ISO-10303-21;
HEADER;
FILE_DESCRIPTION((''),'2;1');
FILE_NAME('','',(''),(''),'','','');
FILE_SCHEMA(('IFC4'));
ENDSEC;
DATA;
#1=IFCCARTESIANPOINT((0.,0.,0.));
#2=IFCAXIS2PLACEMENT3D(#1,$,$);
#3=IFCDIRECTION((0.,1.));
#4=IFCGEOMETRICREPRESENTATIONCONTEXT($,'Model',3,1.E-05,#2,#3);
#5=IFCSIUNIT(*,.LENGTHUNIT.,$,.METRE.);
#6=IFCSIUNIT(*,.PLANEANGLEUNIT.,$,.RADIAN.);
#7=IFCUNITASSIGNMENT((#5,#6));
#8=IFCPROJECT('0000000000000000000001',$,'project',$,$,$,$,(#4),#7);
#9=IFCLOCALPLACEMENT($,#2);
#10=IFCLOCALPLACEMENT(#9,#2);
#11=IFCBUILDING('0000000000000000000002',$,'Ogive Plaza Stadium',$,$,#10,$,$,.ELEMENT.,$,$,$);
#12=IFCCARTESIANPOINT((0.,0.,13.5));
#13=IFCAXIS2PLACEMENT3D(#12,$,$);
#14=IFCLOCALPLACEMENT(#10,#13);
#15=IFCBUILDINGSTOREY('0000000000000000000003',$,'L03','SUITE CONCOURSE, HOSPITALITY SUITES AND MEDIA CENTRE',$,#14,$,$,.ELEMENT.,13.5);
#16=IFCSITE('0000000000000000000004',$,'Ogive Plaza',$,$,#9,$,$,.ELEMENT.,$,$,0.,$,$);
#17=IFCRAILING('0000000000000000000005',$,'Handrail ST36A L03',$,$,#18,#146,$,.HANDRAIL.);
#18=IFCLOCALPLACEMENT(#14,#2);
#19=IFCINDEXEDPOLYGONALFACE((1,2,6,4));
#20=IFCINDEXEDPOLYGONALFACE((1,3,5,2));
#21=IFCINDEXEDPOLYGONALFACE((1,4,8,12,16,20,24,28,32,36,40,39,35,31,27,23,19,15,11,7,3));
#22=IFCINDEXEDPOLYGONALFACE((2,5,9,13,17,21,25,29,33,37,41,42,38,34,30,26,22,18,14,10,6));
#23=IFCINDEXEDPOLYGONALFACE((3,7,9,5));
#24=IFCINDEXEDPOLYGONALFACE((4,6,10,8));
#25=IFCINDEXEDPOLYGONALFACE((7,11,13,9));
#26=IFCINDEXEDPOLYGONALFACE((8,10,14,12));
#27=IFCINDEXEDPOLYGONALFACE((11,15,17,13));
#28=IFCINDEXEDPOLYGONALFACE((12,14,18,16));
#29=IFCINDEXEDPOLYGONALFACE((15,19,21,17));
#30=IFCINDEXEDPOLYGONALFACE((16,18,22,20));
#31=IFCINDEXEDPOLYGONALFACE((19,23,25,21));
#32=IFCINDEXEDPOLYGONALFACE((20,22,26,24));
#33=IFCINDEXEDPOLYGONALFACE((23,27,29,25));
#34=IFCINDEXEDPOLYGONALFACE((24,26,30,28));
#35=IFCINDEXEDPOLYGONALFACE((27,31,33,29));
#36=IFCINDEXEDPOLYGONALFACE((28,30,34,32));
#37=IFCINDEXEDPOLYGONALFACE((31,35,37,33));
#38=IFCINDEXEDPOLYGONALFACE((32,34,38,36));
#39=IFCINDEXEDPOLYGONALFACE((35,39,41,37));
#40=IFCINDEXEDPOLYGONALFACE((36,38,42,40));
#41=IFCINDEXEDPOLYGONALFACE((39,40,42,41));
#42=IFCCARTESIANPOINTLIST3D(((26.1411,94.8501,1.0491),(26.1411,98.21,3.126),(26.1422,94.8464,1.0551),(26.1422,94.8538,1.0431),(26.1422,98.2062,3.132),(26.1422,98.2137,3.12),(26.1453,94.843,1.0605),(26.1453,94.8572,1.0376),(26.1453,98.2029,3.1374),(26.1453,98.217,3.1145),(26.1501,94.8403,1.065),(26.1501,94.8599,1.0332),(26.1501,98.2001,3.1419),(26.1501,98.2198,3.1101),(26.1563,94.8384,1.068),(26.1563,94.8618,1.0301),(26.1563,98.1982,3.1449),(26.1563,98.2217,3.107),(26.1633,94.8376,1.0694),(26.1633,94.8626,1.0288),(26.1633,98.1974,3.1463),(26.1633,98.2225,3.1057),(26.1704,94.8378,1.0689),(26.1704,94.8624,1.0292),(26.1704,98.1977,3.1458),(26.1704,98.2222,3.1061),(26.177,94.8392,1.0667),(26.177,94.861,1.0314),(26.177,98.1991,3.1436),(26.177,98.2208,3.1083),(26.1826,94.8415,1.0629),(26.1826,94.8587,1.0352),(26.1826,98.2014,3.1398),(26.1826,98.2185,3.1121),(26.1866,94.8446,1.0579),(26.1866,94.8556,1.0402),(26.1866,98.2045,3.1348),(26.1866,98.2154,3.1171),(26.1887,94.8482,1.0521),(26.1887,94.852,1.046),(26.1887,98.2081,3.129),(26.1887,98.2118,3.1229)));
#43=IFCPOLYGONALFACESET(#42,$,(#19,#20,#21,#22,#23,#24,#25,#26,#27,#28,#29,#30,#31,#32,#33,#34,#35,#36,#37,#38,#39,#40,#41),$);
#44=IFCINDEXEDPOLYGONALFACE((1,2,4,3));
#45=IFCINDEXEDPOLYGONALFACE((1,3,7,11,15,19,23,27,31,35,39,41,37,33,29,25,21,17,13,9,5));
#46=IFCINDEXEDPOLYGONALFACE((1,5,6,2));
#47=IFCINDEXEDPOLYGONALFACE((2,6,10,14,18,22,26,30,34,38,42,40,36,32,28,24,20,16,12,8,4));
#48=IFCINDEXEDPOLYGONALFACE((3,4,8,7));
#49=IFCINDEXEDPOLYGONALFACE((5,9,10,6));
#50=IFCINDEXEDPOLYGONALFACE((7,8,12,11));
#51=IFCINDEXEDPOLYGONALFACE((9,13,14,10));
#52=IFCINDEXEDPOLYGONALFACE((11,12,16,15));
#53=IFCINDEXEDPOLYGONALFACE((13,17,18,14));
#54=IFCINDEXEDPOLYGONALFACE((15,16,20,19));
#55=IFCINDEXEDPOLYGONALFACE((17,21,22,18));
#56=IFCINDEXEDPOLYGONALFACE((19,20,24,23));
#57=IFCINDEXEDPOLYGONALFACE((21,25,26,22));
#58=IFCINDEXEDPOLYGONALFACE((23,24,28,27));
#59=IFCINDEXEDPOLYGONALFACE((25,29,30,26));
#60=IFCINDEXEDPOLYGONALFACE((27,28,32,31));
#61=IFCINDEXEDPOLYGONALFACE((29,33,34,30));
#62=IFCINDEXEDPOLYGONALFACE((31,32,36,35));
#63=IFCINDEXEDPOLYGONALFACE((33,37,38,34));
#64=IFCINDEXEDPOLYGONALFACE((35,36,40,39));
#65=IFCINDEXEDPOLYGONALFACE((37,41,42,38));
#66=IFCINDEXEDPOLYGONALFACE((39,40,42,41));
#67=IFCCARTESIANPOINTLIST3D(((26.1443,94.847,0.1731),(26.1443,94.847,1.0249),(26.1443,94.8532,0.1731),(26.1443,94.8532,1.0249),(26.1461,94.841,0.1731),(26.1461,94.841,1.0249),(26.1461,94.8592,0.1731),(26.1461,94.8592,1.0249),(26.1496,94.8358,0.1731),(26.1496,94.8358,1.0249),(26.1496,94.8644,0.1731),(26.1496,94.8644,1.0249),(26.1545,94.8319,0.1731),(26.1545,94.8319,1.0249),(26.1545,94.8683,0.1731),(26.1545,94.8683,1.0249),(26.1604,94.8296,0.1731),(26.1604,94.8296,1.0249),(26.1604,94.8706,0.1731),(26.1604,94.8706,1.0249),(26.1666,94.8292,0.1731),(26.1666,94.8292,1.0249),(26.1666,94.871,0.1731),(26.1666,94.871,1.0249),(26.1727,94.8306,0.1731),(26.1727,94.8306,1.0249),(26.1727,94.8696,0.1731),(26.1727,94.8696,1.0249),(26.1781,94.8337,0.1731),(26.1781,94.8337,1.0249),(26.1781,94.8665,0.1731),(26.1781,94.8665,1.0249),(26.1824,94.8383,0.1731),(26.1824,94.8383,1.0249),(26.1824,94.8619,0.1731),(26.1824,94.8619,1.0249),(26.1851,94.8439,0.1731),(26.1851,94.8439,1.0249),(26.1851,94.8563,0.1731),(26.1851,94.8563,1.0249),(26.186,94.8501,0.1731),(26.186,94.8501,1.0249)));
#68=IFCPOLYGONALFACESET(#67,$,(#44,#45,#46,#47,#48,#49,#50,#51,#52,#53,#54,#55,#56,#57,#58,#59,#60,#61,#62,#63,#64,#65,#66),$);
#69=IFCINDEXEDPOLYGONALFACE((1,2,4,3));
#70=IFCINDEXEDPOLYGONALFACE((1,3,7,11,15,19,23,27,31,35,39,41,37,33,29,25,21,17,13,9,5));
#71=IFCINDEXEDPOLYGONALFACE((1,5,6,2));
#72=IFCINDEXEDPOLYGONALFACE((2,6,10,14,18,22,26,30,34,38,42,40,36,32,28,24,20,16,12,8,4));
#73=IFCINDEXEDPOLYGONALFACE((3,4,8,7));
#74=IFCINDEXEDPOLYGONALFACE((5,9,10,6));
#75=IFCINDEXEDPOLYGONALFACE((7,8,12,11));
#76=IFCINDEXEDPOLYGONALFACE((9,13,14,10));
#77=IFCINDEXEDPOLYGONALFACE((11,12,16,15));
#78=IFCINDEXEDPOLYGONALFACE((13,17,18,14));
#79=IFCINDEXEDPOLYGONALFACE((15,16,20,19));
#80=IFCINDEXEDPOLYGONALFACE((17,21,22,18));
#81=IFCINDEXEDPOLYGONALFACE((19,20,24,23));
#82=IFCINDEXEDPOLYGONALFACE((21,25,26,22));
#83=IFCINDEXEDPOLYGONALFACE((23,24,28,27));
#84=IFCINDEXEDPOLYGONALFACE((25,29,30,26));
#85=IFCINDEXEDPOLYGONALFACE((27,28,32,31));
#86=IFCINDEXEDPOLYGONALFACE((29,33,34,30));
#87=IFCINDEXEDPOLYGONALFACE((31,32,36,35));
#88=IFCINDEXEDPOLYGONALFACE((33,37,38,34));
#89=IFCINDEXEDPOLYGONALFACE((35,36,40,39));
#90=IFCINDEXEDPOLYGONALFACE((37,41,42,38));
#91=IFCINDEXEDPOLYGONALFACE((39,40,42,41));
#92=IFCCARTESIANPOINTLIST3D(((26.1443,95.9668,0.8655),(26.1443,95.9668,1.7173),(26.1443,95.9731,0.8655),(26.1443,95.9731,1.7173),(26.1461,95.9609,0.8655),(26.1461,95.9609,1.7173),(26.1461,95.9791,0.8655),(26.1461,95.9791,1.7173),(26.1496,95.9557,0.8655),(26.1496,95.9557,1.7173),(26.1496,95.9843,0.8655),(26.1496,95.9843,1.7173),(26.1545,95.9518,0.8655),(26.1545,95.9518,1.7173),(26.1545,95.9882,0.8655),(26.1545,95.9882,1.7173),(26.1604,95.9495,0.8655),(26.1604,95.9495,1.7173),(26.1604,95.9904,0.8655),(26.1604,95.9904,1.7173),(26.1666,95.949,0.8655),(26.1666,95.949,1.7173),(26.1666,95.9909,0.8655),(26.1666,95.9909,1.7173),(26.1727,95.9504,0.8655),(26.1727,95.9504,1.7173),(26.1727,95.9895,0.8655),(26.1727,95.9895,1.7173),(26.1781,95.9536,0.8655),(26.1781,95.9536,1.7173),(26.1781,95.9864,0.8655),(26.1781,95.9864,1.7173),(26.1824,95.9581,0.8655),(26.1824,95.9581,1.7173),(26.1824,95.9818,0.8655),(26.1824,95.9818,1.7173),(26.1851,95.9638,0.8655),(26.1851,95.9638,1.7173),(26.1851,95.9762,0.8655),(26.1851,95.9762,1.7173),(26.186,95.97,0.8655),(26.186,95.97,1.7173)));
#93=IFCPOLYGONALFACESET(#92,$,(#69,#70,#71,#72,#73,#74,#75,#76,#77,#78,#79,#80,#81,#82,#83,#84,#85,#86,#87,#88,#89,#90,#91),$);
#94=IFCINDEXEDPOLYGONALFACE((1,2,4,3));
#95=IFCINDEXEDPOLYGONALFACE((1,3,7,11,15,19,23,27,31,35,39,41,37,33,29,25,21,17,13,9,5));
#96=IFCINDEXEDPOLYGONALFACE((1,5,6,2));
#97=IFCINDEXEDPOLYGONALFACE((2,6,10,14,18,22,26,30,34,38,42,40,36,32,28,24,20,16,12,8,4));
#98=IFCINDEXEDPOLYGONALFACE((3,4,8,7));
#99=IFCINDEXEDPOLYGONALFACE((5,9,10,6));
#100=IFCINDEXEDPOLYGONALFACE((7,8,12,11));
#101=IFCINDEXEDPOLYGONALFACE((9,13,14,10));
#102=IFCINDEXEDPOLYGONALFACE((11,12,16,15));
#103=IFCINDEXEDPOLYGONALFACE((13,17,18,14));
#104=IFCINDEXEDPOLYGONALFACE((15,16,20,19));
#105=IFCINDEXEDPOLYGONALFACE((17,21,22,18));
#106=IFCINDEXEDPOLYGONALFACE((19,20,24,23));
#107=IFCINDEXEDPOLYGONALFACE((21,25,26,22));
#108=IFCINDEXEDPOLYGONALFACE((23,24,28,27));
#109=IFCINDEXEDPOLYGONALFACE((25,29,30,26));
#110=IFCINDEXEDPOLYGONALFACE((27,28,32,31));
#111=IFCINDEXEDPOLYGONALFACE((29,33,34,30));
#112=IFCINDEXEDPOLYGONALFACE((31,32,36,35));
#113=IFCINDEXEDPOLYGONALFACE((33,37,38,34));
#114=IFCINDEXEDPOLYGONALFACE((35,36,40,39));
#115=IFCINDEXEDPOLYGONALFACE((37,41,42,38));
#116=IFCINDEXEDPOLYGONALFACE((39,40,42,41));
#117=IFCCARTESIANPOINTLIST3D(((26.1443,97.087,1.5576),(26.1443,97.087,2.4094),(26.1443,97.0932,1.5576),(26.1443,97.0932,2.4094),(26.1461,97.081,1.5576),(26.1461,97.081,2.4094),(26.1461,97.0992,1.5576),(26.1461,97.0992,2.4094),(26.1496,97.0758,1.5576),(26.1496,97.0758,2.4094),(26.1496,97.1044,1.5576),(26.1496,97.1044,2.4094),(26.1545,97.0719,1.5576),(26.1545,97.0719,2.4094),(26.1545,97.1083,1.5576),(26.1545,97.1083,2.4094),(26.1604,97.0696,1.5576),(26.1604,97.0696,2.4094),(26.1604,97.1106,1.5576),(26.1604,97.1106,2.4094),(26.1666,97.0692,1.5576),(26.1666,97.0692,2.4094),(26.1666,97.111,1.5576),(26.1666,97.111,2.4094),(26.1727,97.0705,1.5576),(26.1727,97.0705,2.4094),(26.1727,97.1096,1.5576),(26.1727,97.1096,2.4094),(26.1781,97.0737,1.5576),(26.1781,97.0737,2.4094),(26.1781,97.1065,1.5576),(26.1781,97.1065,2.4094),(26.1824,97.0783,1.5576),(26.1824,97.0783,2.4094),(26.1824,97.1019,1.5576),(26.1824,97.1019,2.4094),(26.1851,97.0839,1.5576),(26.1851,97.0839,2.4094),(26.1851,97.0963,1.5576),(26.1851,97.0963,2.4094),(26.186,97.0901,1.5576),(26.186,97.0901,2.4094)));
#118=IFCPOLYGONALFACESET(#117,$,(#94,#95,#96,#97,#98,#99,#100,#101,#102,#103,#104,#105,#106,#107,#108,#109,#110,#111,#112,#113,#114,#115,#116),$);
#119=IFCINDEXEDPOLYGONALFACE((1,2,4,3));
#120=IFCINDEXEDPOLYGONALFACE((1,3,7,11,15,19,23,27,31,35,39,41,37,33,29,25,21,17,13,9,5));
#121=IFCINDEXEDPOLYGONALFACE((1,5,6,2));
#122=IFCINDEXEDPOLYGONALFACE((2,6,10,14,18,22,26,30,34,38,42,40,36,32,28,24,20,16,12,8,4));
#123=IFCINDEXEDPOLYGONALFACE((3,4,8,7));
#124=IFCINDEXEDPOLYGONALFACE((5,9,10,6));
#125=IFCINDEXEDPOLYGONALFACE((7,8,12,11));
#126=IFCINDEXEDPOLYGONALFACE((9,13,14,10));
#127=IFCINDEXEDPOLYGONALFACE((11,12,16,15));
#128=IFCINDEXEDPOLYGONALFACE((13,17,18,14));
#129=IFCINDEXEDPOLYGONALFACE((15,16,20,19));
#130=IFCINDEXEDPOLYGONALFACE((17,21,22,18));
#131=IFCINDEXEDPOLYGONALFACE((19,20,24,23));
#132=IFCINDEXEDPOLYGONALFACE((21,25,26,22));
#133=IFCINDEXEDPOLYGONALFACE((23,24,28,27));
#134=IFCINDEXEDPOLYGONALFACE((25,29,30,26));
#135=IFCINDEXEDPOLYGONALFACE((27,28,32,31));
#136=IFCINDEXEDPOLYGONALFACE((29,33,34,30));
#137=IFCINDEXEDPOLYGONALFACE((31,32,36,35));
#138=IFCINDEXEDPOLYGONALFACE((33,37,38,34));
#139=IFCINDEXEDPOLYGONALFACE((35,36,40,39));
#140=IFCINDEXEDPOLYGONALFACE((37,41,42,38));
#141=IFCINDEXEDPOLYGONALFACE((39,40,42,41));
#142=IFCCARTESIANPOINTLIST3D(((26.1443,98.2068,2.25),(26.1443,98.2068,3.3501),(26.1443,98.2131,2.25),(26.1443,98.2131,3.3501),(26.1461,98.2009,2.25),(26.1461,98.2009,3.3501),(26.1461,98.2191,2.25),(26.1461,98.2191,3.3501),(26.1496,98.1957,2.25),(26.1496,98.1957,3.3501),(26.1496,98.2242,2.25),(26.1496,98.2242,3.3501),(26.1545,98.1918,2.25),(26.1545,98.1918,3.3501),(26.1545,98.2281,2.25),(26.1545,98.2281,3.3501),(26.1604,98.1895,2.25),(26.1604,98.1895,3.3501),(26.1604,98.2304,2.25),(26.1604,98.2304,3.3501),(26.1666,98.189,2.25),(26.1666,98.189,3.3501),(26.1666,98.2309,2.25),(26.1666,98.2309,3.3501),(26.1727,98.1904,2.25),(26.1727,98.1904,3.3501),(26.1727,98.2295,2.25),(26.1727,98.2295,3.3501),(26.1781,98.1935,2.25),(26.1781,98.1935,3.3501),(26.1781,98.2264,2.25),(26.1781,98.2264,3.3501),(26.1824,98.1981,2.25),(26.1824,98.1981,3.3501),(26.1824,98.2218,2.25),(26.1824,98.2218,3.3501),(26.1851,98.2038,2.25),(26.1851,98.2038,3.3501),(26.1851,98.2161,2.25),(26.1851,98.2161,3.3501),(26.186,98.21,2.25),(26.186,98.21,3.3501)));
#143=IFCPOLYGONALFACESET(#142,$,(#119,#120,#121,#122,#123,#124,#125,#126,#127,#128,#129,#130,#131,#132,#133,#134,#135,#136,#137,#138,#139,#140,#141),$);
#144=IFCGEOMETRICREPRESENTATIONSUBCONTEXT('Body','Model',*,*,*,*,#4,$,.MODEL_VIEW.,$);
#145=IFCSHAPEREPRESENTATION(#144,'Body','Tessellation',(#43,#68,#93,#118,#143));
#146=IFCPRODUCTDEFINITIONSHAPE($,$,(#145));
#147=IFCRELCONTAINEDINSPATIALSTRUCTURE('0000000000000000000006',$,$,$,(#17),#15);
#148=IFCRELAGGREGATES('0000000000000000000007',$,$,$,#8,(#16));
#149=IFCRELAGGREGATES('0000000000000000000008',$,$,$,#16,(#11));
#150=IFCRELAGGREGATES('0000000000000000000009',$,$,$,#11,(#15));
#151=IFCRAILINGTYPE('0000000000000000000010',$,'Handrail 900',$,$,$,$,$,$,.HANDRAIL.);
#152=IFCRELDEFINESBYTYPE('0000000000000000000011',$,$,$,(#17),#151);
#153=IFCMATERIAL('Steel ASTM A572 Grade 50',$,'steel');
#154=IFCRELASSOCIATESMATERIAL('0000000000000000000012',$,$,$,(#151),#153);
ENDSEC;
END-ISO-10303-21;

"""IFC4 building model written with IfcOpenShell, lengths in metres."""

from ifc_helpers import new_model, si_unit, direction, frame, origin, origin_2d, place, context, subcontext, project, spatial, circle, extrude, material, type_object, element, save


model = new_model("IFC4")

# Units and contexts
model_context = context("Model", 3, precision=1e-05, world=origin(), true_north=direction((0.0, 1.0)))
body_context = subcontext(model_context, "Body", "Model", "MODEL_VIEW")
ifc_project = project(units=[si_unit("LENGTHUNIT", "METRE"), si_unit("PLANEANGLEUNIT", "RADIAN")], contexts=[model_context])

# Site, building, storey
site_placement = place(None, origin())
site = spatial("IfcSite", under=ifc_project, at=site_placement, Name="Ogive Plaza", CompositionType="ELEMENT", RefElevation=0.0)
building_placement = place(site_placement, origin())
building = spatial("IfcBuilding", under=site, at=building_placement, Name="Ogive Plaza Stadium", CompositionType="ELEMENT")
storey_placement = place(building_placement, frame((0.0, 0.0, 13.5)))
storey = spatial("IfcBuildingStorey", under=building, at=storey_placement, Name="L03", Description="SUITE CONCOURSE, HOSPITALITY SUITES AND MEDIA CENTRE", CompositionType="ELEMENT", Elevation=13.5)

# Railing
ifc_material_1 = material(Name="Steel ASTM A572 Grade 50", Category="steel")
railing_type_1 = type_object("IfcRailingType", Name="Handrail 900", PredefinedType="HANDRAIL", material=ifc_material_1)
for number, where, name in (
    (1, (26.165, 94.8501, 0.1731), "Handrail ST36A L03"),
):
    element("IfcRailing", number, at=place(storey_placement, frame(where)), inside=storey, type_object=railing_type_1, Name=name, PredefinedType="HANDRAIL", context=body_context, shape_type="SweptSolid", body=[
        extrude(circle(Radius=0.0239, at=origin_2d()), frame((0.0, 0.0, 0.876), z_axis=(0.0, 0.850606, 0.525803), x_axis=(-1.0, 0.0, 0.0)), (0.0, 0.0, 1.0), 3.95),
        extrude(circle(Radius=0.021, at=origin_2d()), origin(), (0.0, 0.0, 1.0), 0.8518),
        extrude(circle(Radius=0.021, at=origin_2d()), frame((0.0, 1.1199, 0.6924)), (0.0, 0.0, 1.0), 0.8518),
        extrude(circle(Radius=0.021, at=origin_2d()), frame((0.0, 2.24, 1.3845)), (0.0, 0.0, 1.0), 0.8518),
        extrude(circle(Radius=0.021, at=origin_2d()), frame((0.0, 3.3599, 2.0769)), (0.0, 0.0, 1.0), 1.1001),
    ])

save(model, "model.ifc")
